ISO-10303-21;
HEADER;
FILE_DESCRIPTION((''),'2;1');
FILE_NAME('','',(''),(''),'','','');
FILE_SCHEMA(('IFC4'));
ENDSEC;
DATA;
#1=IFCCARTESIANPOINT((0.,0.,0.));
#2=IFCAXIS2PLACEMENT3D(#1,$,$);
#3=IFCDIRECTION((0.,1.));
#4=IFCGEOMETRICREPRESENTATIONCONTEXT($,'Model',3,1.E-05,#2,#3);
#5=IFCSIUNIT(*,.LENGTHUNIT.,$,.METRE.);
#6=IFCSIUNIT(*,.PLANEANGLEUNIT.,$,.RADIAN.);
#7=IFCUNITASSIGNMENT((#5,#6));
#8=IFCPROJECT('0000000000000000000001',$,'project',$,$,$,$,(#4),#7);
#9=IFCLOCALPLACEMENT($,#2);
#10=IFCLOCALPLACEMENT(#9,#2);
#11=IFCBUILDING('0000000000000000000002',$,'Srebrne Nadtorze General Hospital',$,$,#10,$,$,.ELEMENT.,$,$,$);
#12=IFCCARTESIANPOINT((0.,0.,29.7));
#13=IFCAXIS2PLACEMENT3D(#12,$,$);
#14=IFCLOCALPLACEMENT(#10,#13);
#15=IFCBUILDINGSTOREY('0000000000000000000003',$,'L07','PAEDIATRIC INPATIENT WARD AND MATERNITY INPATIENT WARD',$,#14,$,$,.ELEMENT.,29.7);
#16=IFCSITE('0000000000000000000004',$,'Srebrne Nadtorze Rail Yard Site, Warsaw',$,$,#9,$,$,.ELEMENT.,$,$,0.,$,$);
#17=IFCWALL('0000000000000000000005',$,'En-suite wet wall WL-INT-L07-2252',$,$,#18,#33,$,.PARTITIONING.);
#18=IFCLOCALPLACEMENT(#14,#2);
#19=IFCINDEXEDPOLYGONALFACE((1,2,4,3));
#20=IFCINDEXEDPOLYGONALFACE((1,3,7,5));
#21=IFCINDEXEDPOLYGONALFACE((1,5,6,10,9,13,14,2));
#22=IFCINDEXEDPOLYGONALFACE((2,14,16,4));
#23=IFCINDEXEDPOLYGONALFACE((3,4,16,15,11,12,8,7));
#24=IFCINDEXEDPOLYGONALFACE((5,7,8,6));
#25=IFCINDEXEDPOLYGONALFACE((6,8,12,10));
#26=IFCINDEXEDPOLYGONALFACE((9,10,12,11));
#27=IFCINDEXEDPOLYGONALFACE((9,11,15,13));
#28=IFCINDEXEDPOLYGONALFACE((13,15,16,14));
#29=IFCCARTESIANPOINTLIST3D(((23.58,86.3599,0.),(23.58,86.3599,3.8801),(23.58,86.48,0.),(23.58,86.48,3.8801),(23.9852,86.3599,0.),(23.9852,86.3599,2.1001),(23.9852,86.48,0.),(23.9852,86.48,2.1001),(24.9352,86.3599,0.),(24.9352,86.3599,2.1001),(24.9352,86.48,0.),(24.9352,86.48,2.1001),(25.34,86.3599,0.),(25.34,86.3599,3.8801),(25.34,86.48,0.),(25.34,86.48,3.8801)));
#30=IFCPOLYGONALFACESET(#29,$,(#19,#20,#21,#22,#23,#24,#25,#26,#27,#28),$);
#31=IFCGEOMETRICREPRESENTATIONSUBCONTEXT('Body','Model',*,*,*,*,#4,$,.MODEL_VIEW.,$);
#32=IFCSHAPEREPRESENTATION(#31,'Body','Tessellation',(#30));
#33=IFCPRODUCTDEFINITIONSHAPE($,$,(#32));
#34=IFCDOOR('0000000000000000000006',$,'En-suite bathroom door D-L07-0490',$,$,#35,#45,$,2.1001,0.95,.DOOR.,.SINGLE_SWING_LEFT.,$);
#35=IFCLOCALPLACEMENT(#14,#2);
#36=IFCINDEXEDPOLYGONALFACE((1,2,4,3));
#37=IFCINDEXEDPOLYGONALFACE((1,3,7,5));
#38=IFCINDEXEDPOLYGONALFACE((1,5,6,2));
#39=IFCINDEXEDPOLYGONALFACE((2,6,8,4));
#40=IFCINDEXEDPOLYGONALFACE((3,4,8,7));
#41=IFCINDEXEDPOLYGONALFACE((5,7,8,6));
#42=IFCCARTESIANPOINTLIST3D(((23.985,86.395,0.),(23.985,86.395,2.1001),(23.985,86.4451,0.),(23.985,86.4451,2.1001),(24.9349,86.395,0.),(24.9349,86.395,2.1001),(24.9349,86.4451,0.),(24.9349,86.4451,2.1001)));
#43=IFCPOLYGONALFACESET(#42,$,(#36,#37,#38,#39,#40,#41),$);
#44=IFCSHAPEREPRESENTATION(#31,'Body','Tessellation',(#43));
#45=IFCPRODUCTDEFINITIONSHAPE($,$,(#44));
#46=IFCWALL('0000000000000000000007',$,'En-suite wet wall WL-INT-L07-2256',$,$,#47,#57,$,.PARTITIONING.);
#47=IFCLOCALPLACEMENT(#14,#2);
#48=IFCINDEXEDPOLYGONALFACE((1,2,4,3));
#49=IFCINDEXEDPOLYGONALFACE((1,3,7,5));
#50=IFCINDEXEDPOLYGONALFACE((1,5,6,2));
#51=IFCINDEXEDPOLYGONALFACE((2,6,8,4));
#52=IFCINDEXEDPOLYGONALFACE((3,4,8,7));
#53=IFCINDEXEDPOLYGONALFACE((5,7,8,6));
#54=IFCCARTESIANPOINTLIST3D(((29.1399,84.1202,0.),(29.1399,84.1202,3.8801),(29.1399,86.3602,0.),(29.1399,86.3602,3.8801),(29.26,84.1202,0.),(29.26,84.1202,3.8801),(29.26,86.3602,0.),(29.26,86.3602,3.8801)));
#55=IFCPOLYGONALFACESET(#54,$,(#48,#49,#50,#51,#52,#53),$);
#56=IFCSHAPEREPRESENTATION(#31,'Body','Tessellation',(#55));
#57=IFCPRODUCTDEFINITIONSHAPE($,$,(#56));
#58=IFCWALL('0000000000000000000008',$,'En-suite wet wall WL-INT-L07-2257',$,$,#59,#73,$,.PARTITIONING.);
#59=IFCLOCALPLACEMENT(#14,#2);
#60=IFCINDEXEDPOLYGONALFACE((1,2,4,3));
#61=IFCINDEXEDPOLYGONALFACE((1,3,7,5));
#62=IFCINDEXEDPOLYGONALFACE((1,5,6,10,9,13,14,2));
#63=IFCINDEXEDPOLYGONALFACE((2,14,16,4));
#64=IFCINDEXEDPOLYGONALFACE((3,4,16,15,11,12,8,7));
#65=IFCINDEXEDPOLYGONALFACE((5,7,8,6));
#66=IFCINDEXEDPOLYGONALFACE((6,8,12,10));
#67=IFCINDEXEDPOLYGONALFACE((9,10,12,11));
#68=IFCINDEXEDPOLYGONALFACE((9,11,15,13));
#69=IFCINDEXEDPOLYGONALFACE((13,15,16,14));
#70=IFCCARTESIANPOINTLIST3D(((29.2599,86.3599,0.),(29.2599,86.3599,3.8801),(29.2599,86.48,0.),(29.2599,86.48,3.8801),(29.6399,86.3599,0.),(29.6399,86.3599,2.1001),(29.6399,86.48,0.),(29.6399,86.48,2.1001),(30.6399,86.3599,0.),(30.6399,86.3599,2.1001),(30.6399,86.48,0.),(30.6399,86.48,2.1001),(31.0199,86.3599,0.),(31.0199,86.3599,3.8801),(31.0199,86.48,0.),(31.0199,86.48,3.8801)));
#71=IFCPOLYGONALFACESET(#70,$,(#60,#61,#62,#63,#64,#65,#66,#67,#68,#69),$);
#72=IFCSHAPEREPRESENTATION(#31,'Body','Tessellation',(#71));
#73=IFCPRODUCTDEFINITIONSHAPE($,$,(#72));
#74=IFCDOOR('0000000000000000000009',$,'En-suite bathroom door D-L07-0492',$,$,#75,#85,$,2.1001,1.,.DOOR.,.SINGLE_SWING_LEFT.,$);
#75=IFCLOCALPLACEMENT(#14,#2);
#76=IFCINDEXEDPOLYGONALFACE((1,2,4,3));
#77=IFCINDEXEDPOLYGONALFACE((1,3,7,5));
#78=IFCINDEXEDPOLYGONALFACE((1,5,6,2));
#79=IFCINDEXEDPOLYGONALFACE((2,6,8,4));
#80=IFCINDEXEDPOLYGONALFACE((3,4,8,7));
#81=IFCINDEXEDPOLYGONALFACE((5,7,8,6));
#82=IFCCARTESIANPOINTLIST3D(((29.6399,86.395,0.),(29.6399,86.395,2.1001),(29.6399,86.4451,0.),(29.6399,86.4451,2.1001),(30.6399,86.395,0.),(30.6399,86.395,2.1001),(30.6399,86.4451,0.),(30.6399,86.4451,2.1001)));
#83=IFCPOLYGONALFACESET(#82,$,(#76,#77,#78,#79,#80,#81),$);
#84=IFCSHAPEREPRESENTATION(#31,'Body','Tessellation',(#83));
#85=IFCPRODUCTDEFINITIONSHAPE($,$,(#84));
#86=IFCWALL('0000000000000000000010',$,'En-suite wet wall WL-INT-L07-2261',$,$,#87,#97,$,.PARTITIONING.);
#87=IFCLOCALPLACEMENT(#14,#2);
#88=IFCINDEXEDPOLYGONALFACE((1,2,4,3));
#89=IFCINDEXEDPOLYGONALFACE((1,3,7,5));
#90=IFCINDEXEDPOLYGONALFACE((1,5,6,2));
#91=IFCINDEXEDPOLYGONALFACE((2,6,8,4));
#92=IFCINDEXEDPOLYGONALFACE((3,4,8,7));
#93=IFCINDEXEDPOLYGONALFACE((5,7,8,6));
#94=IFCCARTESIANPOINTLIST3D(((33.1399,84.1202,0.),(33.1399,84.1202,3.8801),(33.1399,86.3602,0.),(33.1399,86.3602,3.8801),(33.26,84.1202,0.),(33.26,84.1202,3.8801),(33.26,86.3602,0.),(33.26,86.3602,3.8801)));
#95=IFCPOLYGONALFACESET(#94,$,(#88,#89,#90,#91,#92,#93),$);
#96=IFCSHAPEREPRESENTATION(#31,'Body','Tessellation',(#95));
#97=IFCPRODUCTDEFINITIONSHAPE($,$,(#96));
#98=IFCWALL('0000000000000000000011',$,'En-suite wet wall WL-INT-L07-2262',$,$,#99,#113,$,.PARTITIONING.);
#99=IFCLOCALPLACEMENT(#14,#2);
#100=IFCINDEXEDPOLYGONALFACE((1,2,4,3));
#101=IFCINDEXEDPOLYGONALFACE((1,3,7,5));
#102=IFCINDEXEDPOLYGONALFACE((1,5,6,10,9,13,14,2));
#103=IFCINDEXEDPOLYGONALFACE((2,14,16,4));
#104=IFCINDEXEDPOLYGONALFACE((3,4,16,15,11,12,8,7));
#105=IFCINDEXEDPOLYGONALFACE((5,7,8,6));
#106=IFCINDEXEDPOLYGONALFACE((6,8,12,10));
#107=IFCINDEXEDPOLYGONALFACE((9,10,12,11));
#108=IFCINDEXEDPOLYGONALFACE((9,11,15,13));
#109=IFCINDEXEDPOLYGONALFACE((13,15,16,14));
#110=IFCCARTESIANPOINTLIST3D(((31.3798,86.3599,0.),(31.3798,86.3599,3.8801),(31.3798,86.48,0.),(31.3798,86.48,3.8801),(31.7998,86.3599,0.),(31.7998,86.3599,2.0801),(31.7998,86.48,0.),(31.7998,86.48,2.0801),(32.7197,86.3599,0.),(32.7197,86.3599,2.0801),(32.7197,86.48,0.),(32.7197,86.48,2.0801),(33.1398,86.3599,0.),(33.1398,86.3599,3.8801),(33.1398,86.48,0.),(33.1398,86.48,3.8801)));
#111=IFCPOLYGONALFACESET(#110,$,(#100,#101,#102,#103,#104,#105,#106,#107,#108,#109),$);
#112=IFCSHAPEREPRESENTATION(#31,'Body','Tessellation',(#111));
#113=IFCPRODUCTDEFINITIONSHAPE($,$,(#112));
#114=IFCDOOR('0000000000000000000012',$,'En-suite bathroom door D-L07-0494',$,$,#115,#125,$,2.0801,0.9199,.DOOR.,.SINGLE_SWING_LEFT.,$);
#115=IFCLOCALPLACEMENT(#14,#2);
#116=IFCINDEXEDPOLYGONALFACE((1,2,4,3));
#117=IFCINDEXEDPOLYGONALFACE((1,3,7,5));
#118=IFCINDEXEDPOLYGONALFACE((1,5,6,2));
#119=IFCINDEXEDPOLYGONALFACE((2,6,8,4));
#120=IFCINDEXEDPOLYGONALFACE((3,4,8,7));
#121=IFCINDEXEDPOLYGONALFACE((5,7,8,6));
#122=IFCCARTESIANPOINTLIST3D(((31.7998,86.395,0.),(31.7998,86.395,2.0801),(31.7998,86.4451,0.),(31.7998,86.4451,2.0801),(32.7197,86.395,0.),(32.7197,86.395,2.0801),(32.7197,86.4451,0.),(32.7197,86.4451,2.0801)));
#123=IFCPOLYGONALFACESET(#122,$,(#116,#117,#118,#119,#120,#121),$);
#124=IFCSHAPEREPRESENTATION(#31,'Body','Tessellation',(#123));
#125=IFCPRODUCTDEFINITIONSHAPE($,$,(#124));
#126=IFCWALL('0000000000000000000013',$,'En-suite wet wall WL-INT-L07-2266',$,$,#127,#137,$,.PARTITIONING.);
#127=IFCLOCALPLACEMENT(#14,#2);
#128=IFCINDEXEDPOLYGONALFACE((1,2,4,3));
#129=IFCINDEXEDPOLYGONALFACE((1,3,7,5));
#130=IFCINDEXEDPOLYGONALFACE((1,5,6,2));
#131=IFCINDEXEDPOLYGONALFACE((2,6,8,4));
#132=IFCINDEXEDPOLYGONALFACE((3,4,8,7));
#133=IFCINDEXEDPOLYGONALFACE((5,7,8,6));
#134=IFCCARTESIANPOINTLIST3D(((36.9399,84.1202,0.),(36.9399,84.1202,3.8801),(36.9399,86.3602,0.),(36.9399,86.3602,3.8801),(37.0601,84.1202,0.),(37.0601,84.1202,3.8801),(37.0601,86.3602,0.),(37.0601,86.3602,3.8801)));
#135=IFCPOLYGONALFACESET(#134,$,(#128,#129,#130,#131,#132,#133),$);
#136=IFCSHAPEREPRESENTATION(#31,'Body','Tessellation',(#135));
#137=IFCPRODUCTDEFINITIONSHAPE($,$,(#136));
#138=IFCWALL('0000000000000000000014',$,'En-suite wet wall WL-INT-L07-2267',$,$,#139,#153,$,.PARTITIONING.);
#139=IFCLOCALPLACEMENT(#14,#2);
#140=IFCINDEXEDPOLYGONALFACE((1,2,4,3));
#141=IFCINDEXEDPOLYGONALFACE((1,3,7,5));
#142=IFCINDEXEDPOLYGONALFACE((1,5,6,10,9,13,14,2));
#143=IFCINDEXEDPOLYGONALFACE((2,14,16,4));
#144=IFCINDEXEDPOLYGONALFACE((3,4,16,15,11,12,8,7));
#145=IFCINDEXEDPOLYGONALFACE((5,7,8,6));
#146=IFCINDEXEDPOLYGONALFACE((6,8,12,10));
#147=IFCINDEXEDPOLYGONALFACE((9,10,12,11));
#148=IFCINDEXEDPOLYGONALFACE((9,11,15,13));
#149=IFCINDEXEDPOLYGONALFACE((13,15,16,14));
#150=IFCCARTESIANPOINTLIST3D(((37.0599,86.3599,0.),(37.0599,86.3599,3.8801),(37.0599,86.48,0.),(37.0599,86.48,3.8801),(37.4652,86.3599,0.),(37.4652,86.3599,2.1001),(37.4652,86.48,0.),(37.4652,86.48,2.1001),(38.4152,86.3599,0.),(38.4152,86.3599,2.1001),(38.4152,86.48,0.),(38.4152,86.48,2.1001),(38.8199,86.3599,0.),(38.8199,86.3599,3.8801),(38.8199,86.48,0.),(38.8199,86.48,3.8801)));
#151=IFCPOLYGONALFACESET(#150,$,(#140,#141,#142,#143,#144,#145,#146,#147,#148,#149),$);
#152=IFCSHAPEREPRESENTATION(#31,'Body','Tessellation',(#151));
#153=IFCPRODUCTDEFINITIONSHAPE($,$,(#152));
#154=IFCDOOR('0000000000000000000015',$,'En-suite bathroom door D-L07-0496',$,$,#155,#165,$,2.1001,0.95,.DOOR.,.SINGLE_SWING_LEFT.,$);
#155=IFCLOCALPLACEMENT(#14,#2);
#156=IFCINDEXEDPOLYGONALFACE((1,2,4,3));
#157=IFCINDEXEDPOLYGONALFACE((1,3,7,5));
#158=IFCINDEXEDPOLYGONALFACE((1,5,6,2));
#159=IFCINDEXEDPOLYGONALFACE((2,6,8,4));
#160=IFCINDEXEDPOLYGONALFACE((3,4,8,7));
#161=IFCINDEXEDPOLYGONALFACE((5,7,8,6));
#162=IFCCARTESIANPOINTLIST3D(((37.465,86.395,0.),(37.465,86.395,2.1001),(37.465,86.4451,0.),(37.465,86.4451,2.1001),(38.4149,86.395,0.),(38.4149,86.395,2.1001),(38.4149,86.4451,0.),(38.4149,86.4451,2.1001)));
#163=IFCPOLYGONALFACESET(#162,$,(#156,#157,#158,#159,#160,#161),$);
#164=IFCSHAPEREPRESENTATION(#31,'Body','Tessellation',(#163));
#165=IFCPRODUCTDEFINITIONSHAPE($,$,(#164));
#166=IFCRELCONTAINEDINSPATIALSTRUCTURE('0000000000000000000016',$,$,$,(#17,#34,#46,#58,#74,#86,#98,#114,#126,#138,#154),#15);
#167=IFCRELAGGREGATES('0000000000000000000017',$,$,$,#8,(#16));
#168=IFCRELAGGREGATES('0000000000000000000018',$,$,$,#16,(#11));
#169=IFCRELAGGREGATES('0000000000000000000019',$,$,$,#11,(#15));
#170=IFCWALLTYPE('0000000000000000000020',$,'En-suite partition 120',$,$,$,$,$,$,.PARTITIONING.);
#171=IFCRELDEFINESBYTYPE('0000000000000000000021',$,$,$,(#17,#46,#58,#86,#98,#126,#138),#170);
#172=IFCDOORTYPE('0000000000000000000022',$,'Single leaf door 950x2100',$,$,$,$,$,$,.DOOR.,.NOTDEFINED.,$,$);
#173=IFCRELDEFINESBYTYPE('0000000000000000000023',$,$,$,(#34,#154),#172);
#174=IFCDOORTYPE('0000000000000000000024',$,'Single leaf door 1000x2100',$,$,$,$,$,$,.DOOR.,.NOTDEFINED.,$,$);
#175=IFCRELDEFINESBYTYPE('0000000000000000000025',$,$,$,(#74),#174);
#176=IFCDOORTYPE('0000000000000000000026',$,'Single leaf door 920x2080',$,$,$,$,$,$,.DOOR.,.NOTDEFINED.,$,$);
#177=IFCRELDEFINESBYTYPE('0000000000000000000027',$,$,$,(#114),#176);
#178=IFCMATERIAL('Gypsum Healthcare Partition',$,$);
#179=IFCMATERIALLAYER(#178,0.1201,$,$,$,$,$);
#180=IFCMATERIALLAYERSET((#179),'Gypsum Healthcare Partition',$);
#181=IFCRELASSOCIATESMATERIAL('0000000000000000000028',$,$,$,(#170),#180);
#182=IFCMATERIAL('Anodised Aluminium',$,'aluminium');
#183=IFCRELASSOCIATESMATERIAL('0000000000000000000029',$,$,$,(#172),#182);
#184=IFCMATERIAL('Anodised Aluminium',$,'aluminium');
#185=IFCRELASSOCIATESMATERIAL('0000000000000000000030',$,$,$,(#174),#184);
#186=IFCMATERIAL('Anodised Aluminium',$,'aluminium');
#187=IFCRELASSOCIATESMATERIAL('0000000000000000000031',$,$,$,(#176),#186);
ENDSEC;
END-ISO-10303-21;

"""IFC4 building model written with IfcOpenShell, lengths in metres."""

from ifc_helpers import new_model, si_unit, direction, frame, frame_2d, origin, place, context, subcontext, project, spatial, rectangle, extrude, material, layer, layer_set, type_object, element, fill, save


model = new_model("IFC4")

# Units and contexts
model_context = context("Model", 3, precision=1e-05, world=origin(), true_north=direction((0.0, 1.0)))
body_context = subcontext(model_context, "Body", "Model", "MODEL_VIEW")
ifc_project = project(units=[si_unit("LENGTHUNIT", "METRE"), si_unit("PLANEANGLEUNIT", "RADIAN")], contexts=[model_context])

# Site, building, storey
site_placement = place(None, origin())
site = spatial("IfcSite", under=ifc_project, at=site_placement, Name="Srebrne Nadtorze Rail Yard Site, Warsaw", CompositionType="ELEMENT", RefElevation=0.0)
building_placement = place(site_placement, origin())
building = spatial("IfcBuilding", under=site, at=building_placement, Name="Srebrne Nadtorze General Hospital", CompositionType="ELEMENT")
storey_placement = place(building_placement, frame((0.0, 0.0, 29.7)))
storey = spatial("IfcBuildingStorey", under=building, at=storey_placement, Name="L07", Description="PAEDIATRIC INPATIENT WARD AND MATERNITY INPATIENT WARD", CompositionType="ELEMENT", Elevation=29.7)

# Wall, opening, door
ifc_material_1 = material(Name="Gypsum Healthcare Partition")
ifc_layer_1 = layer(ifc_material_1, 0.1201)
ifc_layer_set_1 = layer_set([ifc_layer_1], Name="Gypsum Healthcare Partition")
wall_type_1 = type_object("IfcWallType", Name="En-suite partition 120", PredefinedType="PARTITIONING", material=ifc_layer_set_1)
wall_1_placement = place(storey_placement, frame((23.5801, 86.4199, 0.0), z_axis=(0.0, 0.0, 1.0), x_axis=(1.0, 0.0, 0.0)))
wall_1 = element("IfcWall", 1, at=wall_1_placement, inside=storey, type_object=wall_type_1, Name="En-suite wet wall WL-INT-L07-2252", PredefinedType="PARTITIONING", context=body_context, shape_type="SweptSolid", body=[
    extrude(rectangle(XDim=1.76, YDim=0.1201, at=frame_2d((0.8799, 0.0))), origin(), (0.0, 0.0, 1.0), 3.8801),
])
opening_1_placement = place(wall_1_placement, frame((0.405, 0.0, 0.0)))
opening_1 = element("IfcOpeningElement", 2, at=opening_1_placement, cuts=wall_1, PredefinedType="OPENING", context=body_context, shape_type="SweptSolid", body=[
    extrude(rectangle(XDim=0.95, YDim=2.1001, at=frame_2d((0.4751, 1.05))), frame((0.0, 0.072, 0.0), z_axis=(0.0, -1.0, 0.0), x_axis=(1.0, 0.0, 0.0)), (0.0, 0.0, 1.0), 0.144),
])
ifc_material_2 = material(Name="Anodised Aluminium", Category="aluminium")
door_type_1 = type_object("IfcDoorType", Name="Single leaf door 950x2100", OperationType="NOTDEFINED", PredefinedType="DOOR", material=ifc_material_2)
door_1_placement = place(opening_1_placement, frame((0.95, 0.0, 0.0), z_axis=(0.0, 0.0, 1.0), x_axis=(-1.0, 0.0, 0.0)))
door_1 = element("IfcDoor", 3, at=door_1_placement, inside=storey, type_object=door_type_1, Name="En-suite bathroom door D-L07-0490", OperationType="SINGLE_SWING_LEFT", OverallHeight=2.1001, OverallWidth=0.95, PredefinedType="DOOR", context=body_context, shape_type="SweptSolid", body=[
    extrude(rectangle(XDim=0.95, YDim=2.1001, at=frame_2d((0.4751, 1.05))), frame((0.0, 0.0249, 0.0), z_axis=(0.0, -1.0, 0.0), x_axis=(1.0, 0.0, 0.0)), (0.0, 0.0, 1.0), 0.05),
])
fill(opening_1, door_1)

# Wall
wall_2_placement = place(storey_placement, frame((29.2, 84.1201, 0.0), z_axis=(0.0, 0.0, 1.0), x_axis=(0.0, 1.0, 0.0)))
element("IfcWall", 4, at=wall_2_placement, inside=storey, type_object=wall_type_1, Name="En-suite wet wall WL-INT-L07-2256", PredefinedType="PARTITIONING", context=body_context, shape_type="SweptSolid", body=[
    extrude(rectangle(XDim=2.24, YDim=0.1201, at=frame_2d((1.1201, 0.0))), origin(), (0.0, 0.0, 1.0), 3.8801),
])

# Wall, opening, door
wall_3_placement = place(storey_placement, frame((29.26, 86.4199, 0.0), z_axis=(0.0, 0.0, 1.0), x_axis=(1.0, 0.0, 0.0)))
wall_3 = element("IfcWall", 5, at=wall_3_placement, inside=storey, type_object=wall_type_1, Name="En-suite wet wall WL-INT-L07-2257", PredefinedType="PARTITIONING", context=body_context, shape_type="SweptSolid", body=[
    extrude(rectangle(XDim=1.76, YDim=0.1201, at=frame_2d((0.8799, 0.0))), origin(), (0.0, 0.0, 1.0), 3.8801),
])
opening_2_placement = place(wall_3_placement, frame((0.3799, 0.0, 0.0)))
opening_2 = element("IfcOpeningElement", 6, at=opening_2_placement, cuts=wall_3, PredefinedType="OPENING", context=body_context, shape_type="SweptSolid", body=[
    extrude(rectangle(XDim=1.0, YDim=2.1001, at=frame_2d((0.5, 1.05))), frame((0.0, 0.072, 0.0), z_axis=(0.0, -1.0, 0.0), x_axis=(1.0, 0.0, 0.0)), (0.0, 0.0, 1.0), 0.144),
])
ifc_material_3 = material(Name="Anodised Aluminium", Category="aluminium")
door_type_2 = type_object("IfcDoorType", Name="Single leaf door 1000x2100", OperationType="NOTDEFINED", PredefinedType="DOOR", material=ifc_material_3)
door_2_placement = place(opening_2_placement, frame((1.0, 0.0, 0.0), z_axis=(0.0, 0.0, 1.0), x_axis=(-1.0, 0.0, 0.0)))
door_2 = element("IfcDoor", 7, at=door_2_placement, inside=storey, type_object=door_type_2, Name="En-suite bathroom door D-L07-0492", OperationType="SINGLE_SWING_LEFT", OverallHeight=2.1001, OverallWidth=1.0, PredefinedType="DOOR", context=body_context, shape_type="SweptSolid", body=[
    extrude(rectangle(XDim=1.0, YDim=2.1001, at=frame_2d((0.5, 1.05))), frame((0.0, 0.0249, 0.0), z_axis=(0.0, -1.0, 0.0), x_axis=(1.0, 0.0, 0.0)), (0.0, 0.0, 1.0), 0.05),
])
fill(opening_2, door_2)

# Wall
wall_4_placement = place(storey_placement, frame((33.2, 84.1201, 0.0), z_axis=(0.0, 0.0, 1.0), x_axis=(0.0, 1.0, 0.0)))
element("IfcWall", 8, at=wall_4_placement, inside=storey, type_object=wall_type_1, Name="En-suite wet wall WL-INT-L07-2261", PredefinedType="PARTITIONING", context=body_context, shape_type="SweptSolid", body=[
    extrude(rectangle(XDim=2.24, YDim=0.1201, at=frame_2d((1.1201, 0.0))), origin(), (0.0, 0.0, 1.0), 3.8801),
])

# Wall, opening, door
wall_5_placement = place(storey_placement, frame((31.3799, 86.4199, 0.0), z_axis=(0.0, 0.0, 1.0), x_axis=(1.0, 0.0, 0.0)))
wall_5 = element("IfcWall", 9, at=wall_5_placement, inside=storey, type_object=wall_type_1, Name="En-suite wet wall WL-INT-L07-2262", PredefinedType="PARTITIONING", context=body_context, shape_type="SweptSolid", body=[
    extrude(rectangle(XDim=1.76, YDim=0.1201, at=frame_2d((0.8799, 0.0))), origin(), (0.0, 0.0, 1.0), 3.8801),
])
opening_3_placement = place(wall_5_placement, frame((0.4199, 0.0, 0.0)))
opening_3 = element("IfcOpeningElement", 10, at=opening_3_placement, cuts=wall_5, PredefinedType="OPENING", context=body_context, shape_type="SweptSolid", body=[
    extrude(rectangle(XDim=0.9199, YDim=2.0801, at=frame_2d((0.46, 1.04))), frame((0.0, 0.072, 0.0), z_axis=(0.0, -1.0, 0.0), x_axis=(1.0, 0.0, 0.0)), (0.0, 0.0, 1.0), 0.144),
])
ifc_material_4 = material(Name="Anodised Aluminium", Category="aluminium")
door_type_3 = type_object("IfcDoorType", Name="Single leaf door 920x2080", OperationType="NOTDEFINED", PredefinedType="DOOR", material=ifc_material_4)
door_3_placement = place(opening_3_placement, frame((0.9199, 0.0, 0.0), z_axis=(0.0, 0.0, 1.0), x_axis=(-1.0, 0.0, 0.0)))
door_3 = element("IfcDoor", 11, at=door_3_placement, inside=storey, type_object=door_type_3, Name="En-suite bathroom door D-L07-0494", OperationType="SINGLE_SWING_LEFT", OverallHeight=2.0801, OverallWidth=0.9199, PredefinedType="DOOR", context=body_context, shape_type="SweptSolid", body=[
    extrude(rectangle(XDim=0.9199, YDim=2.0801, at=frame_2d((0.46, 1.04))), frame((0.0, 0.0249, 0.0), z_axis=(0.0, -1.0, 0.0), x_axis=(1.0, 0.0, 0.0)), (0.0, 0.0, 1.0), 0.05),
])
fill(opening_3, door_3)

# Wall
wall_6_placement = place(storey_placement, frame((37.0, 84.1201, 0.0), z_axis=(0.0, 0.0, 1.0), x_axis=(0.0, 1.0, 0.0)))
element("IfcWall", 12, at=wall_6_placement, inside=storey, type_object=wall_type_1, Name="En-suite wet wall WL-INT-L07-2266", PredefinedType="PARTITIONING", context=body_context, shape_type="SweptSolid", body=[
    extrude(rectangle(XDim=2.24, YDim=0.1201, at=frame_2d((1.1201, 0.0))), origin(), (0.0, 0.0, 1.0), 3.8801),
])

# Wall, opening, door
wall_7_placement = place(storey_placement, frame((37.0601, 86.4199, 0.0), z_axis=(0.0, 0.0, 1.0), x_axis=(1.0, 0.0, 0.0)))
wall_7 = element("IfcWall", 13, at=wall_7_placement, inside=storey, type_object=wall_type_1, Name="En-suite wet wall WL-INT-L07-2267", PredefinedType="PARTITIONING", context=body_context, shape_type="SweptSolid", body=[
    extrude(rectangle(XDim=1.76, YDim=0.1201, at=frame_2d((0.8799, 0.0))), origin(), (0.0, 0.0, 1.0), 3.8801),
])
opening_4_placement = place(wall_7_placement, frame((0.405, 0.0, 0.0)))
opening_4 = element("IfcOpeningElement", 14, at=opening_4_placement, cuts=wall_7, PredefinedType="OPENING", context=body_context, shape_type="SweptSolid", body=[
    extrude(rectangle(XDim=0.95, YDim=2.1001, at=frame_2d((0.4751, 1.05))), frame((0.0, 0.072, 0.0), z_axis=(0.0, -1.0, 0.0), x_axis=(1.0, 0.0, 0.0)), (0.0, 0.0, 1.0), 0.144),
])
door_4_placement = place(opening_4_placement, frame((0.95, 0.0, 0.0), z_axis=(0.0, 0.0, 1.0), x_axis=(-1.0, 0.0, 0.0)))
door_4 = element("IfcDoor", 15, at=door_4_placement, inside=storey, type_object=door_type_1, Name="En-suite bathroom door D-L07-0496", OperationType="SINGLE_SWING_LEFT", OverallHeight=2.1001, OverallWidth=0.95, PredefinedType="DOOR", context=body_context, shape_type="SweptSolid", body=[
    extrude(rectangle(XDim=0.95, YDim=2.1001, at=frame_2d((0.4751, 1.05))), frame((0.0, 0.0249, 0.0), z_axis=(0.0, -1.0, 0.0), x_axis=(1.0, 0.0, 0.0)), (0.0, 0.0, 1.0), 0.05),
])
fill(opening_4, door_4)

save(model, "model.ifc")
